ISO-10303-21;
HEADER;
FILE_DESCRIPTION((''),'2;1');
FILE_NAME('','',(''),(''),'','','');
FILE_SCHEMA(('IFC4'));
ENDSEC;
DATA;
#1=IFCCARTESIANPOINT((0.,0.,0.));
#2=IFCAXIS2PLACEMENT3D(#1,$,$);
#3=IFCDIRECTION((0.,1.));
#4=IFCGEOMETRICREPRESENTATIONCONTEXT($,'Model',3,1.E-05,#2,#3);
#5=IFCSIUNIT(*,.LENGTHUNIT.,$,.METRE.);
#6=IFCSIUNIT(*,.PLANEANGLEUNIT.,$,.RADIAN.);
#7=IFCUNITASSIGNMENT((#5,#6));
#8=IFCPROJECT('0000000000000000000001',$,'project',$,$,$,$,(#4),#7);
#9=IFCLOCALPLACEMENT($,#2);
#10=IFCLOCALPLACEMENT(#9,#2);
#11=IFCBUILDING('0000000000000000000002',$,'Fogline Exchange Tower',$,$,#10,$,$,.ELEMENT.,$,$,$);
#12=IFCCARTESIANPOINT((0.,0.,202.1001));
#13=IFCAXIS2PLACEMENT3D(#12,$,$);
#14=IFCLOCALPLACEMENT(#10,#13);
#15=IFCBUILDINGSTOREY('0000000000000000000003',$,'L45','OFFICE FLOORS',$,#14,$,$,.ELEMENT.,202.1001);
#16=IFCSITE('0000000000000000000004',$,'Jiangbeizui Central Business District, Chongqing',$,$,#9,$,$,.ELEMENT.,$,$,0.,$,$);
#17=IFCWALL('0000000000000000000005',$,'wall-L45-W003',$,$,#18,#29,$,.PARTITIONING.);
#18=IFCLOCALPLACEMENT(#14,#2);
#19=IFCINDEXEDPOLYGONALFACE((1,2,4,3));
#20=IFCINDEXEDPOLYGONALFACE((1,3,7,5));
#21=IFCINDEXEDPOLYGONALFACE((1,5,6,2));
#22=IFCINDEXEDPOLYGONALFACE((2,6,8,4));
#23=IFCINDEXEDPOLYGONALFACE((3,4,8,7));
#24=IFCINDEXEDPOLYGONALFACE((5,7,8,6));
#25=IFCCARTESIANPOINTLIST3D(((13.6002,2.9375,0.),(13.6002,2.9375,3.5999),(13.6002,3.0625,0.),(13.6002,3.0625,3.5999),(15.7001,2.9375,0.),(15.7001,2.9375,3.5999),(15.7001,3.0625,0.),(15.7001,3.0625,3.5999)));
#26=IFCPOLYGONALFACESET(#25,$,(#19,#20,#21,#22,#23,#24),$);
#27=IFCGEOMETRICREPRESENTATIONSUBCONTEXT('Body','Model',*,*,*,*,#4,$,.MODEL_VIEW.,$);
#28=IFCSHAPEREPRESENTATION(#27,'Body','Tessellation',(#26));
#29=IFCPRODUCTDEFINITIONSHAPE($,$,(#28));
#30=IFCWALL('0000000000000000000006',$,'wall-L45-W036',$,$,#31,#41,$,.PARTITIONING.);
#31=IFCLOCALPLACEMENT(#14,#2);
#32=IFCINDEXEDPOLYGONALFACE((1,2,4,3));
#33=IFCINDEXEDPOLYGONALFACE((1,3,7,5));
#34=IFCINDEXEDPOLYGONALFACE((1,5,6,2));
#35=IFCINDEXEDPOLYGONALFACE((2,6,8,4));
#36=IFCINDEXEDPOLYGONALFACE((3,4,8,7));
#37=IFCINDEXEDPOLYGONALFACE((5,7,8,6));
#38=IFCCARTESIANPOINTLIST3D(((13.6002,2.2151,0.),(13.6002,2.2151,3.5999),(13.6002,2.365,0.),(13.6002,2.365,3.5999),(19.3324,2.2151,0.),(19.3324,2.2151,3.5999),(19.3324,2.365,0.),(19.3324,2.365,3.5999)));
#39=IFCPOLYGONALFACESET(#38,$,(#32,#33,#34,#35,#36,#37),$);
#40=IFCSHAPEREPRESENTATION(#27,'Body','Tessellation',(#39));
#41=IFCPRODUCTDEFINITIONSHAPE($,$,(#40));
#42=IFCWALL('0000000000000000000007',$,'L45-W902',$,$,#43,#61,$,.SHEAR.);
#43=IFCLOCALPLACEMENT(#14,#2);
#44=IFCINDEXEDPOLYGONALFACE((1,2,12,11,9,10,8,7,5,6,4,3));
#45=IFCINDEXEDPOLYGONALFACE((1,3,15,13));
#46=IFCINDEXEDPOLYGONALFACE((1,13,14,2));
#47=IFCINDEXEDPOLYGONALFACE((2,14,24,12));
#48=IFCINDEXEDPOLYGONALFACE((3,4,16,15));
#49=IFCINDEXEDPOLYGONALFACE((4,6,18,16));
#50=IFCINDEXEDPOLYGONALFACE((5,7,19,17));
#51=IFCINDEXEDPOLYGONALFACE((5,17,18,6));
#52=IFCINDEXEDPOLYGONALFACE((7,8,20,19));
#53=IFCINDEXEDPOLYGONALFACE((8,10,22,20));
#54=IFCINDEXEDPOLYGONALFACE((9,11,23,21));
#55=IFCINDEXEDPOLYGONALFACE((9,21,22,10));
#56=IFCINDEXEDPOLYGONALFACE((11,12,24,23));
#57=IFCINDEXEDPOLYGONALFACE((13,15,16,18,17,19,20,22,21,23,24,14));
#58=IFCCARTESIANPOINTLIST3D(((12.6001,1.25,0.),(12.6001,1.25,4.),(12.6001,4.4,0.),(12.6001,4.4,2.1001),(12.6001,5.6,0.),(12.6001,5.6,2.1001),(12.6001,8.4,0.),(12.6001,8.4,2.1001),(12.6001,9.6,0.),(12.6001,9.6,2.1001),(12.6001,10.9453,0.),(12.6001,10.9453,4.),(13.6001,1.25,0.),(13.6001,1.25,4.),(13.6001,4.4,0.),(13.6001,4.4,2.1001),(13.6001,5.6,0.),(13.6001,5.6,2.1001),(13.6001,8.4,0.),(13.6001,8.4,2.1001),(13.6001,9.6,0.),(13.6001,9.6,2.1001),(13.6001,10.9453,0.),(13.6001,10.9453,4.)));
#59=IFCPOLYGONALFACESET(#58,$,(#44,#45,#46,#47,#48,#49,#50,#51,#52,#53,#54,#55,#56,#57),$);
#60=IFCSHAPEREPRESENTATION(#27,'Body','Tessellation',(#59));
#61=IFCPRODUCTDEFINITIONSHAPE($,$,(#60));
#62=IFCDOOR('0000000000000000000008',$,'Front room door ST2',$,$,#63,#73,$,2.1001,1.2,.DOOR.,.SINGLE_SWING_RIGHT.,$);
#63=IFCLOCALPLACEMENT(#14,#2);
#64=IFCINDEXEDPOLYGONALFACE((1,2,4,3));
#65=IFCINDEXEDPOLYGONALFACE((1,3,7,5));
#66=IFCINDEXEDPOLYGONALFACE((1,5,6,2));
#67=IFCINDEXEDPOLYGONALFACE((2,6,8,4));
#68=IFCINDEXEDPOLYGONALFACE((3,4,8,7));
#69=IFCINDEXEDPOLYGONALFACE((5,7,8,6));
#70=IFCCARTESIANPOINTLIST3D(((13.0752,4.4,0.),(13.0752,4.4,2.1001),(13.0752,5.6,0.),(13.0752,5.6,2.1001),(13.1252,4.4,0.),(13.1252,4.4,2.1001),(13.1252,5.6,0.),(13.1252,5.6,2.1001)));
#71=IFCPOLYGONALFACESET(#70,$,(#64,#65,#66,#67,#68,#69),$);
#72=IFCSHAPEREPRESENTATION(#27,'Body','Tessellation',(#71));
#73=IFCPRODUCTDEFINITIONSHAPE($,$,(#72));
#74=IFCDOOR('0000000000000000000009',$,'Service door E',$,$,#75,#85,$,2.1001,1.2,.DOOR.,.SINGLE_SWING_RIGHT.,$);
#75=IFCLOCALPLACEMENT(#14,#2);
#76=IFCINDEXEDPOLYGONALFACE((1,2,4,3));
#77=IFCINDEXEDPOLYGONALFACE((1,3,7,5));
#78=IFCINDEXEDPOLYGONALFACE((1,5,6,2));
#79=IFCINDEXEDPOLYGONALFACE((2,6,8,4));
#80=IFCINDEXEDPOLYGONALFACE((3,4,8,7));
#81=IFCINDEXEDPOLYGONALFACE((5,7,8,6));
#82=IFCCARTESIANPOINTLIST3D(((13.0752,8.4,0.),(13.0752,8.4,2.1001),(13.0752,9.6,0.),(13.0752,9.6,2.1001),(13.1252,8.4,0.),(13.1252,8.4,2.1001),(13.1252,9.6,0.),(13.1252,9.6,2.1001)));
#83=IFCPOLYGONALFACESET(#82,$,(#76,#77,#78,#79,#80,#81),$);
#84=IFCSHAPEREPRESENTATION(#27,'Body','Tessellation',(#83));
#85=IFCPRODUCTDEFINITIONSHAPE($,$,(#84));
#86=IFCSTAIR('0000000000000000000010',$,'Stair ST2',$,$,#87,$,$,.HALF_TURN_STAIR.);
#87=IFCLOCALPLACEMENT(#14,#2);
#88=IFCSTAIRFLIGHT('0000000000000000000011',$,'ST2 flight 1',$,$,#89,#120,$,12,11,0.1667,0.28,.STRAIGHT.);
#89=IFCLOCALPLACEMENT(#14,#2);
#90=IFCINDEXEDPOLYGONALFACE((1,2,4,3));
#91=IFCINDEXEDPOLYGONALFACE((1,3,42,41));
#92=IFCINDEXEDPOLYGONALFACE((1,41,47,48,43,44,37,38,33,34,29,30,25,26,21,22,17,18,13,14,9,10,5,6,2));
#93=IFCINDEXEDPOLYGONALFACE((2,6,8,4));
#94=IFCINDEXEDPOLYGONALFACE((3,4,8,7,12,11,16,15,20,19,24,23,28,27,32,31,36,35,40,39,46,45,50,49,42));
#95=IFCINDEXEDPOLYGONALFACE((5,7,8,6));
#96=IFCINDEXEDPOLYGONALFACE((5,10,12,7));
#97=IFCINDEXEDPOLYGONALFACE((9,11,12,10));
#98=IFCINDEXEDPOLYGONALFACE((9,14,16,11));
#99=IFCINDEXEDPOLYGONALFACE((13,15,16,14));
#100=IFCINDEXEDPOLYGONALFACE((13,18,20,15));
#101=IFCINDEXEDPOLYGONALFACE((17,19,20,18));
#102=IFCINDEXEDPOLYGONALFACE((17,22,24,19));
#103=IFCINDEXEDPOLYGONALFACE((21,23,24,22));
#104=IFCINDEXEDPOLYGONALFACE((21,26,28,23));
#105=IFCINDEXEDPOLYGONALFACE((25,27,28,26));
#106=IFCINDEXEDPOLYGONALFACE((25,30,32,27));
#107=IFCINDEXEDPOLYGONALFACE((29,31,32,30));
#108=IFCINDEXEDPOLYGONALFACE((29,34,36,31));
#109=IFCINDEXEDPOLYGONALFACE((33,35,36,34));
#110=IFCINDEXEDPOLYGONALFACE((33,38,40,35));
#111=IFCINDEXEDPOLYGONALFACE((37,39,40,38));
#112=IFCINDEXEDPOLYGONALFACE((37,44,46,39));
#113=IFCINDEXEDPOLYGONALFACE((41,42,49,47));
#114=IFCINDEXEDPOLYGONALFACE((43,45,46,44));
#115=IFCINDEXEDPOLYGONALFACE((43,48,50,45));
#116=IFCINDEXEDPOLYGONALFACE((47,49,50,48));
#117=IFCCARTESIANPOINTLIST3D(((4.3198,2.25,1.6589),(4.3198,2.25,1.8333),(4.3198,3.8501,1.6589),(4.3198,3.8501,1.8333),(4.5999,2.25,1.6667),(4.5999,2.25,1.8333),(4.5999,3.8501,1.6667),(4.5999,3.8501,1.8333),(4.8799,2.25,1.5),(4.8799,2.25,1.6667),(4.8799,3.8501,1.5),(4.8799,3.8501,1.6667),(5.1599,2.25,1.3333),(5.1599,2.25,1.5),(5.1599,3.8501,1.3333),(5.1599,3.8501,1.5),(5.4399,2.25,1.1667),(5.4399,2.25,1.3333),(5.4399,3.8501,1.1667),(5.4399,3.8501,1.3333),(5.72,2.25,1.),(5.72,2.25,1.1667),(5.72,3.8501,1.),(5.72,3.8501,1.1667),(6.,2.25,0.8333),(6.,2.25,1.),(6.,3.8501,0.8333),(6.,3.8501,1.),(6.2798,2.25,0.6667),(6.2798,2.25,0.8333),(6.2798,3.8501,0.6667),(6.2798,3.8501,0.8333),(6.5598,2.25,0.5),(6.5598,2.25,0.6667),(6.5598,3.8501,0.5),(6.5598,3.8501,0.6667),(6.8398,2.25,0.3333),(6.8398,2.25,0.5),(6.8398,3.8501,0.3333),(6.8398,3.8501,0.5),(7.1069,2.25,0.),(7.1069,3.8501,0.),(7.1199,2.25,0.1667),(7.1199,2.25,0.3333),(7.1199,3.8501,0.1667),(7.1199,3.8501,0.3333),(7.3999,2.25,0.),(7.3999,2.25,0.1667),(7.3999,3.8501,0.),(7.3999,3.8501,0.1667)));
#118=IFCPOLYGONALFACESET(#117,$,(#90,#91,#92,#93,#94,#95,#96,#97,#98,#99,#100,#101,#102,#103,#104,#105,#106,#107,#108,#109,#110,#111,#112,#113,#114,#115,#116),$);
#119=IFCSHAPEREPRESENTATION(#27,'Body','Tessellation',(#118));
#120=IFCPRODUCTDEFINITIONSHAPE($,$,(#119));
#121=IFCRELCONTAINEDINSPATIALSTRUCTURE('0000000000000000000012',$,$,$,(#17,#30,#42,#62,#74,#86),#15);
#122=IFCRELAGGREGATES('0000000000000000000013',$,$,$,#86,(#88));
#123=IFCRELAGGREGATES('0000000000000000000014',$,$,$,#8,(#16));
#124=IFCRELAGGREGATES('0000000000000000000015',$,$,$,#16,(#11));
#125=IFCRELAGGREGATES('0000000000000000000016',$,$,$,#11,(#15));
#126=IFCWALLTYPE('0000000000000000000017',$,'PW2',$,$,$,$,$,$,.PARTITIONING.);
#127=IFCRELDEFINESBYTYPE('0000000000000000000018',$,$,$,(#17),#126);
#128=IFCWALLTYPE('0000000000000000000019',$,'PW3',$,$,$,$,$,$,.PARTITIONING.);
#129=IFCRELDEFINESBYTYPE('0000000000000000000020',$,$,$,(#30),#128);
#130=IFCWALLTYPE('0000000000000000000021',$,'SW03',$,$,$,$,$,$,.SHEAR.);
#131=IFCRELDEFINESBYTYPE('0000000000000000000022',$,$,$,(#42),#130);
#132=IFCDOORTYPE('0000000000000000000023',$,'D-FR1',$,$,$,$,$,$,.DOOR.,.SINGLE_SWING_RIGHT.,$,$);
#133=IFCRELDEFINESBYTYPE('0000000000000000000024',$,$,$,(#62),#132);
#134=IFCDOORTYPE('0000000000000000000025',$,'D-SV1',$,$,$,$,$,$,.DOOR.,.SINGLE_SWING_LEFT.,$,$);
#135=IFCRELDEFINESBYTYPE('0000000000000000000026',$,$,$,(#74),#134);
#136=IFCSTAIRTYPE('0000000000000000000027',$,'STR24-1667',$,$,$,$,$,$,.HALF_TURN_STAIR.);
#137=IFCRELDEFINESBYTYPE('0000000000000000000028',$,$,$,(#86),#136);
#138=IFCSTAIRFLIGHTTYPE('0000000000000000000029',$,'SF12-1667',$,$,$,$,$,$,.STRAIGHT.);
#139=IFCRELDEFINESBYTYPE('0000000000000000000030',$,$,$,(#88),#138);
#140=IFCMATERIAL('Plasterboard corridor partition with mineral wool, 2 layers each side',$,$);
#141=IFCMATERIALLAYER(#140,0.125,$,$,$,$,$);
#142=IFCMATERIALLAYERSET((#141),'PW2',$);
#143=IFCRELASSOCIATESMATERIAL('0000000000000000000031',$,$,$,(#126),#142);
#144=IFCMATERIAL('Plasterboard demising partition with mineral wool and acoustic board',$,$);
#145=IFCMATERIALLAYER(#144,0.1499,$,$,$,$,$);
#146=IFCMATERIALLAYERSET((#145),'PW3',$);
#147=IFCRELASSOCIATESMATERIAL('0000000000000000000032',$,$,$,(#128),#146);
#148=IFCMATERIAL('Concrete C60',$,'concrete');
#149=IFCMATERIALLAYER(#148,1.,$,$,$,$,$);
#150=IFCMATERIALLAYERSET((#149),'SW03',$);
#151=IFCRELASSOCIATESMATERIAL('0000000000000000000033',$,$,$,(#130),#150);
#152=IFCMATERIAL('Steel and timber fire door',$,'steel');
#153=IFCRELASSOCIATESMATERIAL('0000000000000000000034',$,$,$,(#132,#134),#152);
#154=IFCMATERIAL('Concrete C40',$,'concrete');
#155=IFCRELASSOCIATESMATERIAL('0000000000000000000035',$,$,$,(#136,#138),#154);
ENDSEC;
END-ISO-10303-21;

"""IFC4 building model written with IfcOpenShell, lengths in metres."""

from ifc_helpers import new_model, si_unit, direction, frame, frame_2d, origin, place, context, subcontext, project, spatial, polyline, rectangle, outline, extrude, material, layer, layer_set, type_object, element, fill, aggregate, save


model = new_model("IFC4")

# Units and contexts
model_context = context("Model", 3, precision=1e-05, world=origin(), true_north=direction((0.0, 1.0)))
body_context = subcontext(model_context, "Body", "Model", "MODEL_VIEW")
ifc_project = project(units=[si_unit("LENGTHUNIT", "METRE"), si_unit("PLANEANGLEUNIT", "RADIAN")], contexts=[model_context])

# Site, building, storey
site_placement = place(None, origin())
site = spatial("IfcSite", under=ifc_project, at=site_placement, Name="Jiangbeizui Central Business District, Chongqing", CompositionType="ELEMENT", RefElevation=0.0)
building_placement = place(site_placement, origin())
building = spatial("IfcBuilding", under=site, at=building_placement, Name="Fogline Exchange Tower", CompositionType="ELEMENT")
storey_placement = place(building_placement, frame((0.0, 0.0, 202.1001)))
storey = spatial("IfcBuildingStorey", under=building, at=storey_placement, Name="L45", Description="OFFICE FLOORS", CompositionType="ELEMENT", Elevation=202.1001)

# Shared definitions
ifc_material_1 = material(Name="Concrete C60", Category="concrete")

# Shared definitions
ifc_material_2 = material(Name="Concrete C40", Category="concrete")

# Shared definitions
ifc_material_3 = material(Name="Steel and timber fire door", Category="steel")

# Walls
ifc_material_4 = material(Name="Plasterboard corridor partition with mineral wool, 2 layers each side")
ifc_layer_1 = layer(ifc_material_4, 0.125)
ifc_layer_set_1 = layer_set([ifc_layer_1], Name="PW2")
wall_type_1 = type_object("IfcWallType", Name="PW2", PredefinedType="PARTITIONING", material=ifc_layer_set_1)
wall_1_placement = place(storey_placement, frame((15.7, 3.0, 0.0), z_axis=(0.0, 0.0, 1.0), x_axis=(-1.0, 0.0, 0.0)))
element("IfcWall", 1, at=wall_1_placement, inside=storey, type_object=wall_type_1, Name="wall-L45-W003", PredefinedType="PARTITIONING", context=body_context, shape_type="SweptSolid", body=[
    extrude(rectangle(XDim=2.0999, YDim=0.125, at=frame_2d((1.0498, 0.0))), origin(), (0.0, 0.0, 1.0), 3.5999),
])
ifc_material_5 = material(Name="Plasterboard demising partition with mineral wool and acoustic board")
ifc_layer_2 = layer(ifc_material_5, 0.1499)
ifc_layer_set_2 = layer_set([ifc_layer_2], Name="PW3")
wall_type_2 = type_object("IfcWallType", Name="PW3", PredefinedType="PARTITIONING", material=ifc_layer_set_2)
wall_2_placement = place(storey_placement, frame((13.6001, 2.29, 0.0), z_axis=(0.0, 0.0, 1.0), x_axis=(1.0, 0.0, 0.0)))
element("IfcWall", 2, at=wall_2_placement, inside=storey, type_object=wall_type_2, Name="wall-L45-W036", PredefinedType="PARTITIONING", context=body_context, shape_type="SweptSolid", body=[
    extrude(rectangle(XDim=5.7322, YDim=0.1499, at=frame_2d((2.8662, 0.0))), origin(), (0.0, 0.0, 1.0), 3.5999),
])

# Wall, openings, doors
ifc_layer_3 = layer(ifc_material_1, 1.0)
ifc_layer_set_3 = layer_set([ifc_layer_3], Name="SW03")
wall_type_3 = type_object("IfcWallType", Name="SW03", PredefinedType="SHEAR", material=ifc_layer_set_3)
wall_3_placement = place(storey_placement, frame((13.1001, 1.25, 0.0), z_axis=(0.0, 0.0, 1.0), x_axis=(0.0, 1.0, 0.0)))
wall_3 = element("IfcWall", 3, at=wall_3_placement, inside=storey, type_object=wall_type_3, Name="L45-W902", PredefinedType="SHEAR", context=body_context, shape_type="SweptSolid", body=[
    extrude(rectangle(XDim=9.6953, YDim=1.0, at=frame_2d((4.8477, 0.0))), origin(), (0.0, 0.0, 1.0), 4.0),
])
opening_1_placement = place(wall_3_placement, frame((3.1499, 0.0, 0.0)))
opening_1 = element("IfcOpeningElement", 4, at=opening_1_placement, cuts=wall_3, PredefinedType="OPENING", context=body_context, shape_type="SweptSolid", body=[
    extrude(rectangle(XDim=1.2, YDim=2.1001, at=frame_2d((0.6001, 1.05))), frame((0.0, 0.51, 0.0), z_axis=(0.0, -1.0, 0.0), x_axis=(1.0, 0.0, 0.0)), (0.0, 0.0, 1.0), 1.02),
])
opening_2_placement = place(wall_3_placement, frame((7.1499, 0.0, 0.0)))
opening_2 = element("IfcOpeningElement", 5, at=opening_2_placement, cuts=wall_3, PredefinedType="OPENING", context=body_context, shape_type="SweptSolid", body=[
    extrude(rectangle(XDim=1.2, YDim=2.1001, at=frame_2d((0.6001, 1.05))), frame((0.0, 0.51, 0.0), z_axis=(0.0, -1.0, 0.0), x_axis=(1.0, 0.0, 0.0)), (0.0, 0.0, 1.0), 1.02),
])
door_type_1 = type_object("IfcDoorType", Name="D-FR1", OperationType="SINGLE_SWING_RIGHT", PredefinedType="DOOR", material=ifc_material_3)
door_1_placement = place(opening_1_placement, origin())
door_1 = element("IfcDoor", 6, at=door_1_placement, inside=storey, type_object=door_type_1, Name="Front room door ST2", OperationType="SINGLE_SWING_RIGHT", OverallHeight=2.1001, OverallWidth=1.2, PredefinedType="DOOR", context=body_context, shape_type="SweptSolid", body=[
    extrude(rectangle(XDim=1.2, YDim=2.1001, at=frame_2d((0.6001, 1.05))), frame((0.0, 0.0249, 0.0), z_axis=(0.0, -1.0, 0.0), x_axis=(1.0, 0.0, 0.0)), (0.0, 0.0, 1.0), 0.05),
])
fill(opening_1, door_1)
door_type_2 = type_object("IfcDoorType", Name="D-SV1", OperationType="SINGLE_SWING_LEFT", PredefinedType="DOOR", material=ifc_material_3)
door_2_placement = place(opening_2_placement, origin())
door_2 = element("IfcDoor", 7, at=door_2_placement, inside=storey, type_object=door_type_2, Name="Service door E", OperationType="SINGLE_SWING_RIGHT", OverallHeight=2.1001, OverallWidth=1.2, PredefinedType="DOOR", context=body_context, shape_type="SweptSolid", body=[
    extrude(rectangle(XDim=1.2, YDim=2.1001, at=frame_2d((0.6001, 1.05))), frame((0.0, 0.0249, 0.0), z_axis=(0.0, -1.0, 0.0), x_axis=(1.0, 0.0, 0.0)), (0.0, 0.0, 1.0), 0.05),
])
fill(opening_2, door_2)

# Stair, stair flight
stair_type = type_object("IfcStairType", Name="STR24-1667", PredefinedType="HALF_TURN_STAIR", material=ifc_material_2)
stair_placement = place(storey_placement, origin())
stair = element("IfcStair", 8, at=stair_placement, inside=storey, type_object=stair_type, Name="Stair ST2", PredefinedType="HALF_TURN_STAIR")
stair_flight_type = type_object("IfcStairFlightType", Name="SF12-1667", PredefinedType="STRAIGHT", material=ifc_material_2)
stair_flight_placement = place(storey_placement, frame((7.3999, 3.05, 0.0), z_axis=(0.0, 0.0, 1.0), x_axis=(-1.0, 0.0, 0.0)))
stair_flight = element("IfcStairFlight", 9, at=stair_flight_placement, type_object=stair_flight_type, Name="ST2 flight 1", NumberOfRisers=12, NumberOfTreads=11, PredefinedType="STRAIGHT", RiserHeight=0.1667, TreadLength=0.28, context=body_context, shape_type="SweptSolid", body=[
    extrude(outline(polyline([(0.0, 0.0), (0.0, 0.1667), (0.28, 0.1667), (0.28, 0.3333), (0.5601, 0.3333), (0.5601, 0.5), (0.8401, 0.5), (0.8401, 0.6667), (1.1201, 0.6667), (1.1201, 0.8333), (1.3999, 0.8333), (1.3999, 1.0), (1.6799, 1.0), (1.6799, 1.1667), (1.96, 1.1667), (1.96, 1.3333), (2.24, 1.3333), (2.24, 1.5), (2.52, 1.5), (2.52, 1.6667), (2.8, 1.6667), (2.8, 1.8333), (3.0801, 1.8333), (3.0801, 2.0), (3.0801, 1.6589), (0.293, 0.0), (0.0, 0.0)])), frame((0.0, 0.8, 0.0), z_axis=(0.0, -1.0, 0.0), x_axis=(1.0, 0.0, 0.0)), (0.0, 0.0, 1.0), 1.6001),
])
aggregate(stair, [stair_flight])

save(model, "model.ifc")
